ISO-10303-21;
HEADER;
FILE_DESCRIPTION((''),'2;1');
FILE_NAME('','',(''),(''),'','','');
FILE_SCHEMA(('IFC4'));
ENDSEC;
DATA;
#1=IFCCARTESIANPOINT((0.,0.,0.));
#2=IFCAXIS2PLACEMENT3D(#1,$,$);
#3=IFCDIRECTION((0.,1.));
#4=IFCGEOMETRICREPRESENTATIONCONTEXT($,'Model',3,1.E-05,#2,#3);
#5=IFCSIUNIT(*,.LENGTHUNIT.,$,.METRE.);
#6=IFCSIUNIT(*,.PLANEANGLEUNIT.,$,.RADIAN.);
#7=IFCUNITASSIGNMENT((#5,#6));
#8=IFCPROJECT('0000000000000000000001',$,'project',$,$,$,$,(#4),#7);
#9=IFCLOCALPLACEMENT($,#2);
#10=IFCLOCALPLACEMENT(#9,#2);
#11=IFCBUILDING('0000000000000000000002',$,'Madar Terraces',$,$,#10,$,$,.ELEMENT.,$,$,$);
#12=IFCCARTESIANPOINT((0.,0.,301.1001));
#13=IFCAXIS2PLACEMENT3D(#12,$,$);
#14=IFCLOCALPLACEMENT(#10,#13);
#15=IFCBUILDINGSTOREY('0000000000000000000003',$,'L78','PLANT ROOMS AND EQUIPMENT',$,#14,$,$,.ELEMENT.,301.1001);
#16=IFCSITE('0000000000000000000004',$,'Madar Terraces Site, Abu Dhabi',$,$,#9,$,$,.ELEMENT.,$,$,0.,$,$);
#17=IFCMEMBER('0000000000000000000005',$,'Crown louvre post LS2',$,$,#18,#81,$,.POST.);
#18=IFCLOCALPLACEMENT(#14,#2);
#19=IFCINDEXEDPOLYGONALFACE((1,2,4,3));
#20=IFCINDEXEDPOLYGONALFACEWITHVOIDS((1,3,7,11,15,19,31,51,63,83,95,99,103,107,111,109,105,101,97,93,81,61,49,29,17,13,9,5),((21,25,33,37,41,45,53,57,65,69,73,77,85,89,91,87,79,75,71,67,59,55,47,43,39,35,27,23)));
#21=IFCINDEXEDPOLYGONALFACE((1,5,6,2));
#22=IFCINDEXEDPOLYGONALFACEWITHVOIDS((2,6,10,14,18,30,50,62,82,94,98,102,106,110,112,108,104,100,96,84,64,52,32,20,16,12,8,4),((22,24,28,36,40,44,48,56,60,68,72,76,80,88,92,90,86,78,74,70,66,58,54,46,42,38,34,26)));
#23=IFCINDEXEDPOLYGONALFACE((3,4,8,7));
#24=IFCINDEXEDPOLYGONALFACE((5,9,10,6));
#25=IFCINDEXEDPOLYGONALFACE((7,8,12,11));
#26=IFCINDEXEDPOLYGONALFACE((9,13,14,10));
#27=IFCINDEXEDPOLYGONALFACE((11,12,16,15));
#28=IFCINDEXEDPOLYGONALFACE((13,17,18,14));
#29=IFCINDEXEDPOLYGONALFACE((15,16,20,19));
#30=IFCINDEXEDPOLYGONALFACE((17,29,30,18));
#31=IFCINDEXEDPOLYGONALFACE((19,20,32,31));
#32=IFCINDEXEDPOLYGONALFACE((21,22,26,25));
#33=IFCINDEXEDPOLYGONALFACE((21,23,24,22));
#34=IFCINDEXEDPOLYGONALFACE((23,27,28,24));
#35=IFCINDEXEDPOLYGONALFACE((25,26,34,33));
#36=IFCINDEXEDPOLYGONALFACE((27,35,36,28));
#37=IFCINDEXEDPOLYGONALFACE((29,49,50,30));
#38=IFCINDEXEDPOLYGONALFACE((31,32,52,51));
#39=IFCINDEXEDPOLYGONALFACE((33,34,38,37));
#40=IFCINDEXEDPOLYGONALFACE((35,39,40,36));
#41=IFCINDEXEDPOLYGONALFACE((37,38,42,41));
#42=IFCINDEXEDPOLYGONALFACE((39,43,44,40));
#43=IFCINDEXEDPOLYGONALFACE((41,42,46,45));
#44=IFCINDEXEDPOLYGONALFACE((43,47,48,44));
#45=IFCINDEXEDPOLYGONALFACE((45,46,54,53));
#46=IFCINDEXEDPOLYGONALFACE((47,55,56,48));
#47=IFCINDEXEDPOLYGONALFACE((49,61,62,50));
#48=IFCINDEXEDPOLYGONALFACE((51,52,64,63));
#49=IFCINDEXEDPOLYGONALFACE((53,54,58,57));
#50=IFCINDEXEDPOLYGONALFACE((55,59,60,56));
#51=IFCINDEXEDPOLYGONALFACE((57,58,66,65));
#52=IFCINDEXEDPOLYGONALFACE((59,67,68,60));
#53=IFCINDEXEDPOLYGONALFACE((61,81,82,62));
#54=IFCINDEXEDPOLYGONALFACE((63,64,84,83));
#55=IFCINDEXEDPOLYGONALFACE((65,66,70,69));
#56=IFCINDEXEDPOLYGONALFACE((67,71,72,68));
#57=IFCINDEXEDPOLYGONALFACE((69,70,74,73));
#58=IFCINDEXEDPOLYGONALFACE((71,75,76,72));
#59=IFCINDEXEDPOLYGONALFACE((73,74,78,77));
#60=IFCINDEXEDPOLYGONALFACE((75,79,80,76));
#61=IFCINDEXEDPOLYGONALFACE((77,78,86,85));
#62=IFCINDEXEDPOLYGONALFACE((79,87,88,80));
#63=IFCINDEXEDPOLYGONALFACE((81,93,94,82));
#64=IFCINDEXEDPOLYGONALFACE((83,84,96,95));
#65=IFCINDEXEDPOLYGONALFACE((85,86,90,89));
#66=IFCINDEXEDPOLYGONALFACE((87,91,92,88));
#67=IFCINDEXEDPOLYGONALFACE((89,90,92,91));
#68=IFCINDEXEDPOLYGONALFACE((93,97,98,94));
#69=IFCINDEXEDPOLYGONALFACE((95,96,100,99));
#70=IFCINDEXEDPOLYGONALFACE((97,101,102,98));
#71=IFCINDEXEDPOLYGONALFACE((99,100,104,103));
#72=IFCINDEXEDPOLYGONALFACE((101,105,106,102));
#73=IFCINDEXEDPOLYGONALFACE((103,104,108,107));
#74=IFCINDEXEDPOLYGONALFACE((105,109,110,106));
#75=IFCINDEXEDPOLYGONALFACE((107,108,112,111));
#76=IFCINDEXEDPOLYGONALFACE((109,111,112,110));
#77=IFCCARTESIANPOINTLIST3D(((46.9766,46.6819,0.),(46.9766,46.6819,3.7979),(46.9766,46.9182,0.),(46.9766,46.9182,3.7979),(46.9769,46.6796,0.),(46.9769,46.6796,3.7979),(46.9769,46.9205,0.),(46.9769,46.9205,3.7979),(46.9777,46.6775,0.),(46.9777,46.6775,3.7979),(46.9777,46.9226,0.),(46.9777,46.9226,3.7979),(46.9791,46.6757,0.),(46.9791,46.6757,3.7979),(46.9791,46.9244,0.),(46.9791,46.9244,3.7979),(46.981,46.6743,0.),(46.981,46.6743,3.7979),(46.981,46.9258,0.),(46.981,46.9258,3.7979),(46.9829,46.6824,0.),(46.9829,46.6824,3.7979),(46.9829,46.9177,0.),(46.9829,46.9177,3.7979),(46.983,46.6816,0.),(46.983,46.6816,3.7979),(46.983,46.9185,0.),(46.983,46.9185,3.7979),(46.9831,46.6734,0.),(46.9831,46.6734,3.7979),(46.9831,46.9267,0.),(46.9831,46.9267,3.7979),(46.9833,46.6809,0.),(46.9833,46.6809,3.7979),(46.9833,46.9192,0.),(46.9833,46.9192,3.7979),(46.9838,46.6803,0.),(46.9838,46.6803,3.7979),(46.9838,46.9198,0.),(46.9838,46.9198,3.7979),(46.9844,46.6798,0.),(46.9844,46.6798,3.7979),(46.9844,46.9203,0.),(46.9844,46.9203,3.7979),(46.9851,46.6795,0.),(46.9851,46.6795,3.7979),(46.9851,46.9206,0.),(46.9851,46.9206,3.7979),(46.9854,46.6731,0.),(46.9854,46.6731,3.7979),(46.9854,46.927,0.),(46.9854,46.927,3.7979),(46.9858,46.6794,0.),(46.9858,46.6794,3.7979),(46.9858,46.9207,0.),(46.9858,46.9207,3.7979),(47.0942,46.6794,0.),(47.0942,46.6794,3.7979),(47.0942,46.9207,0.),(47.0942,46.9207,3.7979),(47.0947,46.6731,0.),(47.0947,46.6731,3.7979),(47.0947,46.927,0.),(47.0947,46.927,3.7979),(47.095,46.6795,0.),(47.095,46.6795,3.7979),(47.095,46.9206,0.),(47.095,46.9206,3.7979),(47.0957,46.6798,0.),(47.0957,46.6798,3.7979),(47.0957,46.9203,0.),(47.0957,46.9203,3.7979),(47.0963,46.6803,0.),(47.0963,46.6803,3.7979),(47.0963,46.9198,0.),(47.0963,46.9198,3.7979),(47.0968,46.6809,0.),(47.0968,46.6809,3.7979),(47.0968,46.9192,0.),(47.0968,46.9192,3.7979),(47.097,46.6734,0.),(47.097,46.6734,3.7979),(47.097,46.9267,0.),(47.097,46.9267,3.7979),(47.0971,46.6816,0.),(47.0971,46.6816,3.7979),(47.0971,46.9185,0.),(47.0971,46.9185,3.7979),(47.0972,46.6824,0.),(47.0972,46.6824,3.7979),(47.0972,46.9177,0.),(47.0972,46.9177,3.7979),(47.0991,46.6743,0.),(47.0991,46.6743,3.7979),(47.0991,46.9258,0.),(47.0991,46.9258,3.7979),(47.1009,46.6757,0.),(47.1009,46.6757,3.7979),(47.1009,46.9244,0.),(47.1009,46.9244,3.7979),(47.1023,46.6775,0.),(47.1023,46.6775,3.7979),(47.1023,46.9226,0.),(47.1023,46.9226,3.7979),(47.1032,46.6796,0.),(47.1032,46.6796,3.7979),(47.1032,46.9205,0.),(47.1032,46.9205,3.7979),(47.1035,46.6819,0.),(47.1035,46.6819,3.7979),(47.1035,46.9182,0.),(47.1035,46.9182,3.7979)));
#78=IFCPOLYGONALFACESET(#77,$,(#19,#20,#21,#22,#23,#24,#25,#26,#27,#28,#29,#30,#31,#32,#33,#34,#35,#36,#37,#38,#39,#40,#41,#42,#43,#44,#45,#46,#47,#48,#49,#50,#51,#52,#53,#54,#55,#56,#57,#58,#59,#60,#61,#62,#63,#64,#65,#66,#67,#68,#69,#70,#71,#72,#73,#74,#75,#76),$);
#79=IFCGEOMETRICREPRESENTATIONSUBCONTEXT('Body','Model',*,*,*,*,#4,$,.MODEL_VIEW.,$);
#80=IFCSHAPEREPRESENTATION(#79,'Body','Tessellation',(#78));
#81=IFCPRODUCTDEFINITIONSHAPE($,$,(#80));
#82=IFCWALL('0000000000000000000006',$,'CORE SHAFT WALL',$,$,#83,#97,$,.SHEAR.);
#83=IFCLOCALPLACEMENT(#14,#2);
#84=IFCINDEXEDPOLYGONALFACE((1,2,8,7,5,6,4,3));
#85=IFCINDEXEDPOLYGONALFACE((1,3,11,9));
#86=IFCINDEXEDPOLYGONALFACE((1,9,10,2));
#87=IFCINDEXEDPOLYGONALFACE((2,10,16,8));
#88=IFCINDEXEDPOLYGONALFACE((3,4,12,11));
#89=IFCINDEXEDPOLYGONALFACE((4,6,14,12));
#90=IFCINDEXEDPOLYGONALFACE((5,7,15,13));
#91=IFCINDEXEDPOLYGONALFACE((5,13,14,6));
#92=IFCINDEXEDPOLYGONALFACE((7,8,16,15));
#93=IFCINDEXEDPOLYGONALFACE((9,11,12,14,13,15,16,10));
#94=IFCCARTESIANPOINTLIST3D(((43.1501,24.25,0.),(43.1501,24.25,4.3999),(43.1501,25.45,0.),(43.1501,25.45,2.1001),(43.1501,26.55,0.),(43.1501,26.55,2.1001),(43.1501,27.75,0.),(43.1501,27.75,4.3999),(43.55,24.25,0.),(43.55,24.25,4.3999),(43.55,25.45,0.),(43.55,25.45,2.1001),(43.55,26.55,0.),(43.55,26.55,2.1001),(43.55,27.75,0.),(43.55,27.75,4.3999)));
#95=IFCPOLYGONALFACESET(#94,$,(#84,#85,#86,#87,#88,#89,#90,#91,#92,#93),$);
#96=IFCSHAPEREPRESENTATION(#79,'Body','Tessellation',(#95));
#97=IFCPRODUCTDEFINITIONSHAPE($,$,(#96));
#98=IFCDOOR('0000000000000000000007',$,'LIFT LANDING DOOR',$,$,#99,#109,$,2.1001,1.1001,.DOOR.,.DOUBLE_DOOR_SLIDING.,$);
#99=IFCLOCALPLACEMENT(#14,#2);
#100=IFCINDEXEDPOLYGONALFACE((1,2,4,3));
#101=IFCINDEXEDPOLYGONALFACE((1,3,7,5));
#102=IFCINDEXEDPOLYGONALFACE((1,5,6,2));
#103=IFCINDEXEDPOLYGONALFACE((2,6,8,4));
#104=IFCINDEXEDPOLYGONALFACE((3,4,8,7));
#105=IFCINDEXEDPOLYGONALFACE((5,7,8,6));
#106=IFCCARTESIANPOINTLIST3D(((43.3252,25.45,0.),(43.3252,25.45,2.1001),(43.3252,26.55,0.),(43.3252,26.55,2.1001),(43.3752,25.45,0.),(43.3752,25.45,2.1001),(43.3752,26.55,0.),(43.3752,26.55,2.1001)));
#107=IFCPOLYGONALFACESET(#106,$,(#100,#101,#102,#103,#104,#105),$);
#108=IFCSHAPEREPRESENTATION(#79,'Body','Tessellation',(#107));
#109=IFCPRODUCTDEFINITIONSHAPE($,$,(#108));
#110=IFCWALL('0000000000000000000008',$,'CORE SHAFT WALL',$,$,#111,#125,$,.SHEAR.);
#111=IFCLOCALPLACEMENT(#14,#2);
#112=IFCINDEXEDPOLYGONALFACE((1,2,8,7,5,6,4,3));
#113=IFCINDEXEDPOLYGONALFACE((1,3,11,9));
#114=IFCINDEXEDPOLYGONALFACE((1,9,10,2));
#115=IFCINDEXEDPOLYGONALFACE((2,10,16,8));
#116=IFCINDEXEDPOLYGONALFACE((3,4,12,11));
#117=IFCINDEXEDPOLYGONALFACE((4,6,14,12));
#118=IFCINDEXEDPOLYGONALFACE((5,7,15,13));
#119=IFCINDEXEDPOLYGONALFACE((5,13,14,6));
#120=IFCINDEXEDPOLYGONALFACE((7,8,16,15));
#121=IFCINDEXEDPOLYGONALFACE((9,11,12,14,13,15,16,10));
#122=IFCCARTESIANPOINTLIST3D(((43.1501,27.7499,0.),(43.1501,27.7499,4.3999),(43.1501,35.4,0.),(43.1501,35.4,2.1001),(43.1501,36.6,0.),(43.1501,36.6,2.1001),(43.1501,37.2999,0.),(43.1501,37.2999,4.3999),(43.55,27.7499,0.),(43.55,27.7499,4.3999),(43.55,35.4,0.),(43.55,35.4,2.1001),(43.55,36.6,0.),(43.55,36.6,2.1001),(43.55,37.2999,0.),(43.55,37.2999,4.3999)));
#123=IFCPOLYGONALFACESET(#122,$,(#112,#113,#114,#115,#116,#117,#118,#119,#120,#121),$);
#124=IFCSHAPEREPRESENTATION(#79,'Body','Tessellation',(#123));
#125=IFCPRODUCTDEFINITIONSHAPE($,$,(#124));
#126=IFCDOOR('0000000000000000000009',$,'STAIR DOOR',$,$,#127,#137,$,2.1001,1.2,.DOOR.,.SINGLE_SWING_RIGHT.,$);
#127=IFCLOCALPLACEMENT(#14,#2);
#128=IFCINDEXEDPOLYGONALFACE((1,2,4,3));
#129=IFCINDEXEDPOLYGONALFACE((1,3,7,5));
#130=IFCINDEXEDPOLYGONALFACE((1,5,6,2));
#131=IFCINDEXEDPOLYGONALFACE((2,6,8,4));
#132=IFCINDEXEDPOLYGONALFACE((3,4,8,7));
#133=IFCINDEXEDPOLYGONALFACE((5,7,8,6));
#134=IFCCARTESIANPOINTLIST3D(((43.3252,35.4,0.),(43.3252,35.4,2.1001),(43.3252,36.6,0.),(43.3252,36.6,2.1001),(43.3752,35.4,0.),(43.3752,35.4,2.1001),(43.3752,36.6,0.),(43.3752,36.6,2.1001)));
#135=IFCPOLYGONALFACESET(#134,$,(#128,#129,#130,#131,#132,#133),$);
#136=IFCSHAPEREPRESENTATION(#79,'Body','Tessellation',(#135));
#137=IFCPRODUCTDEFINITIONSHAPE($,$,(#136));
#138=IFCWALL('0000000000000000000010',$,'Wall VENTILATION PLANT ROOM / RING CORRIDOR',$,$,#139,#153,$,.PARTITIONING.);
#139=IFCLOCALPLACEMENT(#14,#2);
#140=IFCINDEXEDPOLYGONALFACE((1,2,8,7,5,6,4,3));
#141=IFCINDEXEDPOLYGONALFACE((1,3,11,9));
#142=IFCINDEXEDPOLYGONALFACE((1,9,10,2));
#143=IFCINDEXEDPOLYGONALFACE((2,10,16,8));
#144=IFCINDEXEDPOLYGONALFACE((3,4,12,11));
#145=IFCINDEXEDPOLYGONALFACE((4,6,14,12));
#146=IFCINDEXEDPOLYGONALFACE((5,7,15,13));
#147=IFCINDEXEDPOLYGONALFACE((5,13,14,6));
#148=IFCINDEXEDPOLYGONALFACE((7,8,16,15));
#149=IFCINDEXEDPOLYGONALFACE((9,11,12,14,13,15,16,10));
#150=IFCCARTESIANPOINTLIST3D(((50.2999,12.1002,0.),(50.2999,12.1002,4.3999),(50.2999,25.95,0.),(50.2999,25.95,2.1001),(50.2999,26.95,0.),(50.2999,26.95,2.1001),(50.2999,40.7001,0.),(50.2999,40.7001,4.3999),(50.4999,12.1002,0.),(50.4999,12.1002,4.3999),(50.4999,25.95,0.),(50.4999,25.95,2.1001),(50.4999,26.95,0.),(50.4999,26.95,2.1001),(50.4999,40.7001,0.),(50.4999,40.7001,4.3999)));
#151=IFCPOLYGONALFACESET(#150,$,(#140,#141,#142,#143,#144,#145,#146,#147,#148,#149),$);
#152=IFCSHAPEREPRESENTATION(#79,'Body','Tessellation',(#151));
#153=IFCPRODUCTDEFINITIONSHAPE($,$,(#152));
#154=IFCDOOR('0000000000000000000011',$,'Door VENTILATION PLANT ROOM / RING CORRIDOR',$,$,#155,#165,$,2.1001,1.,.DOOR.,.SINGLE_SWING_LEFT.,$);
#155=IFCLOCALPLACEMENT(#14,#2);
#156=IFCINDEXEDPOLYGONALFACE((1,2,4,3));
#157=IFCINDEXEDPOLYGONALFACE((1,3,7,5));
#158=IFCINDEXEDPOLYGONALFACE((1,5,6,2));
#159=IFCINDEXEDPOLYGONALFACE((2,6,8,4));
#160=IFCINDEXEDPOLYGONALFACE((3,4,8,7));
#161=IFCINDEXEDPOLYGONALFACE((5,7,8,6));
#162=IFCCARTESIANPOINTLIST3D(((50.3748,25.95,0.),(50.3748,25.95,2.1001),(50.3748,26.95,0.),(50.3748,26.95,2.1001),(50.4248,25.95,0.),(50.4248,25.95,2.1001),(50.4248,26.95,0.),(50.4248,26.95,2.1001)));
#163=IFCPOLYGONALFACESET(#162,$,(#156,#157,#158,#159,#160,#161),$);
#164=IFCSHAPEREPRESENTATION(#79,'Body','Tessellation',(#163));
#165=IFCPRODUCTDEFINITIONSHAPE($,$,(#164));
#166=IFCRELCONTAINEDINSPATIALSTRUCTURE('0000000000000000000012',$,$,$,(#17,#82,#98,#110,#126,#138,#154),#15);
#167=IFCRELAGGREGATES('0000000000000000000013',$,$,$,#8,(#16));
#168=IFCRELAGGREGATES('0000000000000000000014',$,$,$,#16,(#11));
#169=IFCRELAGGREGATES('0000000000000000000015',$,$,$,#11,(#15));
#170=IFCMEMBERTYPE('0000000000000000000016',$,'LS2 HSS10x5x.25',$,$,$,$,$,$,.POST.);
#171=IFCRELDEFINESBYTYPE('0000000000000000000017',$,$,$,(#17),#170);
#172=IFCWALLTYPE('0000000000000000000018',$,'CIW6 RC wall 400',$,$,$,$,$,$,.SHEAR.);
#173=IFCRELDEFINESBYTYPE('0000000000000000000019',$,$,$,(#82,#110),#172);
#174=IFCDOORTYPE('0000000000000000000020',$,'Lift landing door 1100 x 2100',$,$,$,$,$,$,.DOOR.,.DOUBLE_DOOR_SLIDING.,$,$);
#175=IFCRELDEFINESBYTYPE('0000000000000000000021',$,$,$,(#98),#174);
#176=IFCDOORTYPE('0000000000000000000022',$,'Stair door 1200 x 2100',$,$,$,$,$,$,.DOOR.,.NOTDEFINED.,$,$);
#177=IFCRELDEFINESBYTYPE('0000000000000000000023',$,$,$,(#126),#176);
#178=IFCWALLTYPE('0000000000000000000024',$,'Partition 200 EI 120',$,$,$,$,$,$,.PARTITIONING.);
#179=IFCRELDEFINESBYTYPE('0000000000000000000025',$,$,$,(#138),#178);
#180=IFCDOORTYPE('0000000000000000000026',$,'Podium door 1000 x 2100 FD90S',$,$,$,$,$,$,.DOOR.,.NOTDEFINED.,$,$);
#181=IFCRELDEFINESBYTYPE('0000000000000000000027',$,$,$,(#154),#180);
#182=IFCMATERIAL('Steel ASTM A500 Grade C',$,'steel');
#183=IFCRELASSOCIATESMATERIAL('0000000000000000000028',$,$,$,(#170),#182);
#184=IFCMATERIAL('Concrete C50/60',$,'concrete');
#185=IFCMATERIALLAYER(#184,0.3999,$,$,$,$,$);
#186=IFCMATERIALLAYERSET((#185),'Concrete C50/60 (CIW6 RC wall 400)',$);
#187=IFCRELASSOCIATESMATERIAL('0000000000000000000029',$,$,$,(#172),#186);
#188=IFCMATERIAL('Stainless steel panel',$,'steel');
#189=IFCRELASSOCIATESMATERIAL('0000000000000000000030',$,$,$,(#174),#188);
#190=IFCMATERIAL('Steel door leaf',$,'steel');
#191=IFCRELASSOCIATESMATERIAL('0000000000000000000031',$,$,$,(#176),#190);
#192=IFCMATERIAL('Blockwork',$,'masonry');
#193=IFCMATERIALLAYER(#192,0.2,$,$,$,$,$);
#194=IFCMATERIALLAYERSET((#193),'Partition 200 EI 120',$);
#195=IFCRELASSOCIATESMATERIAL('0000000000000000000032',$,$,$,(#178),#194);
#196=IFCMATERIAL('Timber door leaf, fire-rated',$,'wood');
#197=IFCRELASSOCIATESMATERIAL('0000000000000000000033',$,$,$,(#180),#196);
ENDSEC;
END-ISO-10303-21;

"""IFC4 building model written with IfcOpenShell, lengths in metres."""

from ifc_helpers import new_model, si_unit, direction, frame, frame_2d, origin, origin_2d, place, context, subcontext, project, spatial, rectangle, hollow_rectangle, extrude, material, layer, layer_set, material_profile, profile_set, type_object, element, fill, save


model = new_model("IFC4")

# Units and contexts
model_context = context("Model", 3, precision=1e-05, world=origin(), true_north=direction((0.0, 1.0)))
body_context = subcontext(model_context, "Body", "Model", "MODEL_VIEW")
ifc_project = project(units=[si_unit("LENGTHUNIT", "METRE"), si_unit("PLANEANGLEUNIT", "RADIAN")], contexts=[model_context])

# Site, building, storey
site_placement = place(None, origin())
site = spatial("IfcSite", under=ifc_project, at=site_placement, Name="Madar Terraces Site, Abu Dhabi", CompositionType="ELEMENT", RefElevation=0.0)
building_placement = place(site_placement, origin())
building = spatial("IfcBuilding", under=site, at=building_placement, Name="Madar Terraces", CompositionType="ELEMENT")
storey_placement = place(building_placement, frame((0.0, 0.0, 301.1001)))
storey = spatial("IfcBuildingStorey", under=building, at=storey_placement, Name="L78", Description="PLANT ROOMS AND EQUIPMENT", CompositionType="ELEMENT", Elevation=301.1001)

# Member
ifc_material_1 = material(Name="Steel ASTM A500 Grade C", Category="steel")
ifc_material_profile_1 = material_profile(ifc_material_1, hollow_rectangle(XDim=0.127, YDim=0.2539, WallThickness=0.0063, InnerFilletRadius=0.0029, OuterFilletRadius=0.0088, at=origin_2d()), Name="HSS10x5x.25")
ifc_profile_set_1 = profile_set([ifc_material_profile_1], Name="Steel ASTM A500 Grade C")
member_type = type_object("IfcMemberType", Name="LS2 HSS10x5x.25", PredefinedType="POST", material=ifc_profile_set_1)
for number, where, z_axis, x_axis, name in (
    (1, (47.04, 46.8, 0.0), (0.0, 0.0, 1.0), (-1.0, 0.0, 0.0), "Crown louvre post LS2"),
):
    element("IfcMember", number, at=place(storey_placement, frame(where, z_axis=z_axis, x_axis=x_axis)), inside=storey, type_object=member_type, Name=name, PredefinedType="POST", context=body_context, shape_type="SweptSolid", body=[
        extrude(hollow_rectangle(XDim=0.127, YDim=0.2539, WallThickness=0.0063, InnerFilletRadius=0.0029, OuterFilletRadius=0.0088, at=origin_2d()), origin(), (0.0, 0.0, 1.0), 3.7979),
    ])

# Walls, openings, doors
ifc_material_2 = material(Name="Concrete C50/60", Category="concrete")
ifc_layer_1 = layer(ifc_material_2, 0.3999)
ifc_layer_set_1 = layer_set([ifc_layer_1], Name="Concrete C50/60 (CIW6 RC wall 400)")
wall_type_1 = type_object("IfcWallType", Name="CIW6 RC wall 400", PredefinedType="SHEAR", material=ifc_layer_set_1)
wall_1_placement = place(storey_placement, frame((43.3501, 24.25, 0.0), z_axis=(0.0, 0.0, 1.0), x_axis=(0.0, 1.0, 0.0)))
wall_1 = element("IfcWall", 2, at=wall_1_placement, inside=storey, type_object=wall_type_1, Name="CORE SHAFT WALL", PredefinedType="SHEAR", context=body_context, shape_type="SweptSolid", body=[
    extrude(rectangle(XDim=3.5, YDim=0.3999, at=frame_2d((1.75, 0.0))), origin(), (0.0, 0.0, 1.0), 4.3999),
])
opening_1_placement = place(wall_1_placement, frame((1.2, 0.0, 0.0)))
opening_1 = element("IfcOpeningElement", 3, at=opening_1_placement, cuts=wall_1, PredefinedType="OPENING", context=body_context, shape_type="SweptSolid", body=[
    extrude(rectangle(XDim=1.1001, YDim=2.1001, at=frame_2d((0.55, 1.05))), frame((0.0, 0.21, 0.0), z_axis=(0.0, -1.0, 0.0), x_axis=(1.0, 0.0, 0.0)), (0.0, 0.0, 1.0), 0.4199),
])
ifc_material_3 = material(Name="Stainless steel panel", Category="steel")
door_type_1 = type_object("IfcDoorType", Name="Lift landing door 1100 x 2100", OperationType="DOUBLE_DOOR_SLIDING", PredefinedType="DOOR", material=ifc_material_3)
door_1_placement = place(opening_1_placement, origin())
door_1 = element("IfcDoor", 4, at=door_1_placement, inside=storey, type_object=door_type_1, Name="LIFT LANDING DOOR", OperationType="DOUBLE_DOOR_SLIDING", OverallHeight=2.1001, OverallWidth=1.1001, PredefinedType="DOOR", context=body_context, shape_type="SweptSolid", body=[
    extrude(rectangle(XDim=1.1001, YDim=2.1001, at=frame_2d((0.55, 1.05))), frame((0.0, 0.0249, 0.0), z_axis=(0.0, -1.0, 0.0), x_axis=(1.0, 0.0, 0.0)), (0.0, 0.0, 1.0), 0.05),
])
fill(opening_1, door_1)
wall_2_placement = place(storey_placement, frame((43.3501, 27.75, 0.0), z_axis=(0.0, 0.0, 1.0), x_axis=(0.0, 1.0, 0.0)))
wall_2 = element("IfcWall", 5, at=wall_2_placement, inside=storey, type_object=wall_type_1, Name="CORE SHAFT WALL", PredefinedType="SHEAR", context=body_context, shape_type="SweptSolid", body=[
    extrude(rectangle(XDim=9.55, YDim=0.3999, at=frame_2d((4.7749, 0.0))), origin(), (0.0, 0.0, 1.0), 4.3999),
])
opening_2_placement = place(wall_2_placement, frame((7.6499, 0.0, 0.0)))
opening_2 = element("IfcOpeningElement", 6, at=opening_2_placement, cuts=wall_2, PredefinedType="OPENING", context=body_context, shape_type="SweptSolid", body=[
    extrude(rectangle(XDim=1.2, YDim=2.1001, at=frame_2d((0.6001, 1.05))), frame((0.0, 0.21, 0.0), z_axis=(0.0, -1.0, 0.0), x_axis=(1.0, 0.0, 0.0)), (0.0, 0.0, 1.0), 0.4199),
])
ifc_material_4 = material(Name="Steel door leaf", Category="steel")
door_type_2 = type_object("IfcDoorType", Name="Stair door 1200 x 2100", OperationType="NOTDEFINED", PredefinedType="DOOR", material=ifc_material_4)
door_2_placement = place(opening_2_placement, origin())
door_2 = element("IfcDoor", 7, at=door_2_placement, inside=storey, type_object=door_type_2, Name="STAIR DOOR", OperationType="SINGLE_SWING_RIGHT", OverallHeight=2.1001, OverallWidth=1.2, PredefinedType="DOOR", context=body_context, shape_type="SweptSolid", body=[
    extrude(rectangle(XDim=1.2, YDim=2.1001, at=frame_2d((0.6001, 1.05))), frame((0.0, 0.0249, 0.0), z_axis=(0.0, -1.0, 0.0), x_axis=(1.0, 0.0, 0.0)), (0.0, 0.0, 1.0), 0.05),
])
fill(opening_2, door_2)
ifc_material_5 = material(Name="Blockwork", Category="masonry")
ifc_layer_2 = layer(ifc_material_5, 0.2)
ifc_layer_set_2 = layer_set([ifc_layer_2], Name="Partition 200 EI 120")
wall_type_2 = type_object("IfcWallType", Name="Partition 200 EI 120", PredefinedType="PARTITIONING", material=ifc_layer_set_2)
wall_3_placement = place(storey_placement, frame((50.3999, 40.7, 0.0), z_axis=(0.0, 0.0, 1.0), x_axis=(0.0, -1.0, 0.0)))
wall_3 = element("IfcWall", 8, at=wall_3_placement, inside=storey, type_object=wall_type_2, Name="Wall VENTILATION PLANT ROOM / RING CORRIDOR", PredefinedType="PARTITIONING", context=body_context, shape_type="SweptSolid", body=[
    extrude(rectangle(XDim=28.5999, YDim=0.2, at=frame_2d((14.2998, 0.0))), origin(), (0.0, 0.0, 1.0), 4.3999),
])
opening_3_placement = place(wall_3_placement, frame((13.75, 0.0, 0.0)))
opening_3 = element("IfcOpeningElement", 9, at=opening_3_placement, cuts=wall_3, PredefinedType="OPENING", context=body_context, shape_type="SweptSolid", body=[
    extrude(rectangle(XDim=1.0, YDim=2.1001, at=frame_2d((0.5, 1.05))), frame((0.0, 0.1099, 0.0), z_axis=(0.0, -1.0, 0.0), x_axis=(1.0, 0.0, 0.0)), (0.0, 0.0, 1.0), 0.22),
])
ifc_material_6 = material(Name="Timber door leaf, fire-rated", Category="wood")
door_type_3 = type_object("IfcDoorType", Name="Podium door 1000 x 2100 FD90S", OperationType="NOTDEFINED", PredefinedType="DOOR", material=ifc_material_6)
door_3_placement = place(opening_3_placement, origin())
door_3 = element("IfcDoor", 10, at=door_3_placement, inside=storey, type_object=door_type_3, Name="Door VENTILATION PLANT ROOM / RING CORRIDOR", OperationType="SINGLE_SWING_LEFT", OverallHeight=2.1001, OverallWidth=1.0, PredefinedType="DOOR", context=body_context, shape_type="SweptSolid", body=[
    extrude(rectangle(XDim=1.0, YDim=2.1001, at=frame_2d((0.5, 1.05))), frame((0.0, 0.0249, 0.0), z_axis=(0.0, -1.0, 0.0), x_axis=(1.0, 0.0, 0.0)), (0.0, 0.0, 1.0), 0.05),
])
fill(opening_3, door_3)

save(model, "model.ifc")
